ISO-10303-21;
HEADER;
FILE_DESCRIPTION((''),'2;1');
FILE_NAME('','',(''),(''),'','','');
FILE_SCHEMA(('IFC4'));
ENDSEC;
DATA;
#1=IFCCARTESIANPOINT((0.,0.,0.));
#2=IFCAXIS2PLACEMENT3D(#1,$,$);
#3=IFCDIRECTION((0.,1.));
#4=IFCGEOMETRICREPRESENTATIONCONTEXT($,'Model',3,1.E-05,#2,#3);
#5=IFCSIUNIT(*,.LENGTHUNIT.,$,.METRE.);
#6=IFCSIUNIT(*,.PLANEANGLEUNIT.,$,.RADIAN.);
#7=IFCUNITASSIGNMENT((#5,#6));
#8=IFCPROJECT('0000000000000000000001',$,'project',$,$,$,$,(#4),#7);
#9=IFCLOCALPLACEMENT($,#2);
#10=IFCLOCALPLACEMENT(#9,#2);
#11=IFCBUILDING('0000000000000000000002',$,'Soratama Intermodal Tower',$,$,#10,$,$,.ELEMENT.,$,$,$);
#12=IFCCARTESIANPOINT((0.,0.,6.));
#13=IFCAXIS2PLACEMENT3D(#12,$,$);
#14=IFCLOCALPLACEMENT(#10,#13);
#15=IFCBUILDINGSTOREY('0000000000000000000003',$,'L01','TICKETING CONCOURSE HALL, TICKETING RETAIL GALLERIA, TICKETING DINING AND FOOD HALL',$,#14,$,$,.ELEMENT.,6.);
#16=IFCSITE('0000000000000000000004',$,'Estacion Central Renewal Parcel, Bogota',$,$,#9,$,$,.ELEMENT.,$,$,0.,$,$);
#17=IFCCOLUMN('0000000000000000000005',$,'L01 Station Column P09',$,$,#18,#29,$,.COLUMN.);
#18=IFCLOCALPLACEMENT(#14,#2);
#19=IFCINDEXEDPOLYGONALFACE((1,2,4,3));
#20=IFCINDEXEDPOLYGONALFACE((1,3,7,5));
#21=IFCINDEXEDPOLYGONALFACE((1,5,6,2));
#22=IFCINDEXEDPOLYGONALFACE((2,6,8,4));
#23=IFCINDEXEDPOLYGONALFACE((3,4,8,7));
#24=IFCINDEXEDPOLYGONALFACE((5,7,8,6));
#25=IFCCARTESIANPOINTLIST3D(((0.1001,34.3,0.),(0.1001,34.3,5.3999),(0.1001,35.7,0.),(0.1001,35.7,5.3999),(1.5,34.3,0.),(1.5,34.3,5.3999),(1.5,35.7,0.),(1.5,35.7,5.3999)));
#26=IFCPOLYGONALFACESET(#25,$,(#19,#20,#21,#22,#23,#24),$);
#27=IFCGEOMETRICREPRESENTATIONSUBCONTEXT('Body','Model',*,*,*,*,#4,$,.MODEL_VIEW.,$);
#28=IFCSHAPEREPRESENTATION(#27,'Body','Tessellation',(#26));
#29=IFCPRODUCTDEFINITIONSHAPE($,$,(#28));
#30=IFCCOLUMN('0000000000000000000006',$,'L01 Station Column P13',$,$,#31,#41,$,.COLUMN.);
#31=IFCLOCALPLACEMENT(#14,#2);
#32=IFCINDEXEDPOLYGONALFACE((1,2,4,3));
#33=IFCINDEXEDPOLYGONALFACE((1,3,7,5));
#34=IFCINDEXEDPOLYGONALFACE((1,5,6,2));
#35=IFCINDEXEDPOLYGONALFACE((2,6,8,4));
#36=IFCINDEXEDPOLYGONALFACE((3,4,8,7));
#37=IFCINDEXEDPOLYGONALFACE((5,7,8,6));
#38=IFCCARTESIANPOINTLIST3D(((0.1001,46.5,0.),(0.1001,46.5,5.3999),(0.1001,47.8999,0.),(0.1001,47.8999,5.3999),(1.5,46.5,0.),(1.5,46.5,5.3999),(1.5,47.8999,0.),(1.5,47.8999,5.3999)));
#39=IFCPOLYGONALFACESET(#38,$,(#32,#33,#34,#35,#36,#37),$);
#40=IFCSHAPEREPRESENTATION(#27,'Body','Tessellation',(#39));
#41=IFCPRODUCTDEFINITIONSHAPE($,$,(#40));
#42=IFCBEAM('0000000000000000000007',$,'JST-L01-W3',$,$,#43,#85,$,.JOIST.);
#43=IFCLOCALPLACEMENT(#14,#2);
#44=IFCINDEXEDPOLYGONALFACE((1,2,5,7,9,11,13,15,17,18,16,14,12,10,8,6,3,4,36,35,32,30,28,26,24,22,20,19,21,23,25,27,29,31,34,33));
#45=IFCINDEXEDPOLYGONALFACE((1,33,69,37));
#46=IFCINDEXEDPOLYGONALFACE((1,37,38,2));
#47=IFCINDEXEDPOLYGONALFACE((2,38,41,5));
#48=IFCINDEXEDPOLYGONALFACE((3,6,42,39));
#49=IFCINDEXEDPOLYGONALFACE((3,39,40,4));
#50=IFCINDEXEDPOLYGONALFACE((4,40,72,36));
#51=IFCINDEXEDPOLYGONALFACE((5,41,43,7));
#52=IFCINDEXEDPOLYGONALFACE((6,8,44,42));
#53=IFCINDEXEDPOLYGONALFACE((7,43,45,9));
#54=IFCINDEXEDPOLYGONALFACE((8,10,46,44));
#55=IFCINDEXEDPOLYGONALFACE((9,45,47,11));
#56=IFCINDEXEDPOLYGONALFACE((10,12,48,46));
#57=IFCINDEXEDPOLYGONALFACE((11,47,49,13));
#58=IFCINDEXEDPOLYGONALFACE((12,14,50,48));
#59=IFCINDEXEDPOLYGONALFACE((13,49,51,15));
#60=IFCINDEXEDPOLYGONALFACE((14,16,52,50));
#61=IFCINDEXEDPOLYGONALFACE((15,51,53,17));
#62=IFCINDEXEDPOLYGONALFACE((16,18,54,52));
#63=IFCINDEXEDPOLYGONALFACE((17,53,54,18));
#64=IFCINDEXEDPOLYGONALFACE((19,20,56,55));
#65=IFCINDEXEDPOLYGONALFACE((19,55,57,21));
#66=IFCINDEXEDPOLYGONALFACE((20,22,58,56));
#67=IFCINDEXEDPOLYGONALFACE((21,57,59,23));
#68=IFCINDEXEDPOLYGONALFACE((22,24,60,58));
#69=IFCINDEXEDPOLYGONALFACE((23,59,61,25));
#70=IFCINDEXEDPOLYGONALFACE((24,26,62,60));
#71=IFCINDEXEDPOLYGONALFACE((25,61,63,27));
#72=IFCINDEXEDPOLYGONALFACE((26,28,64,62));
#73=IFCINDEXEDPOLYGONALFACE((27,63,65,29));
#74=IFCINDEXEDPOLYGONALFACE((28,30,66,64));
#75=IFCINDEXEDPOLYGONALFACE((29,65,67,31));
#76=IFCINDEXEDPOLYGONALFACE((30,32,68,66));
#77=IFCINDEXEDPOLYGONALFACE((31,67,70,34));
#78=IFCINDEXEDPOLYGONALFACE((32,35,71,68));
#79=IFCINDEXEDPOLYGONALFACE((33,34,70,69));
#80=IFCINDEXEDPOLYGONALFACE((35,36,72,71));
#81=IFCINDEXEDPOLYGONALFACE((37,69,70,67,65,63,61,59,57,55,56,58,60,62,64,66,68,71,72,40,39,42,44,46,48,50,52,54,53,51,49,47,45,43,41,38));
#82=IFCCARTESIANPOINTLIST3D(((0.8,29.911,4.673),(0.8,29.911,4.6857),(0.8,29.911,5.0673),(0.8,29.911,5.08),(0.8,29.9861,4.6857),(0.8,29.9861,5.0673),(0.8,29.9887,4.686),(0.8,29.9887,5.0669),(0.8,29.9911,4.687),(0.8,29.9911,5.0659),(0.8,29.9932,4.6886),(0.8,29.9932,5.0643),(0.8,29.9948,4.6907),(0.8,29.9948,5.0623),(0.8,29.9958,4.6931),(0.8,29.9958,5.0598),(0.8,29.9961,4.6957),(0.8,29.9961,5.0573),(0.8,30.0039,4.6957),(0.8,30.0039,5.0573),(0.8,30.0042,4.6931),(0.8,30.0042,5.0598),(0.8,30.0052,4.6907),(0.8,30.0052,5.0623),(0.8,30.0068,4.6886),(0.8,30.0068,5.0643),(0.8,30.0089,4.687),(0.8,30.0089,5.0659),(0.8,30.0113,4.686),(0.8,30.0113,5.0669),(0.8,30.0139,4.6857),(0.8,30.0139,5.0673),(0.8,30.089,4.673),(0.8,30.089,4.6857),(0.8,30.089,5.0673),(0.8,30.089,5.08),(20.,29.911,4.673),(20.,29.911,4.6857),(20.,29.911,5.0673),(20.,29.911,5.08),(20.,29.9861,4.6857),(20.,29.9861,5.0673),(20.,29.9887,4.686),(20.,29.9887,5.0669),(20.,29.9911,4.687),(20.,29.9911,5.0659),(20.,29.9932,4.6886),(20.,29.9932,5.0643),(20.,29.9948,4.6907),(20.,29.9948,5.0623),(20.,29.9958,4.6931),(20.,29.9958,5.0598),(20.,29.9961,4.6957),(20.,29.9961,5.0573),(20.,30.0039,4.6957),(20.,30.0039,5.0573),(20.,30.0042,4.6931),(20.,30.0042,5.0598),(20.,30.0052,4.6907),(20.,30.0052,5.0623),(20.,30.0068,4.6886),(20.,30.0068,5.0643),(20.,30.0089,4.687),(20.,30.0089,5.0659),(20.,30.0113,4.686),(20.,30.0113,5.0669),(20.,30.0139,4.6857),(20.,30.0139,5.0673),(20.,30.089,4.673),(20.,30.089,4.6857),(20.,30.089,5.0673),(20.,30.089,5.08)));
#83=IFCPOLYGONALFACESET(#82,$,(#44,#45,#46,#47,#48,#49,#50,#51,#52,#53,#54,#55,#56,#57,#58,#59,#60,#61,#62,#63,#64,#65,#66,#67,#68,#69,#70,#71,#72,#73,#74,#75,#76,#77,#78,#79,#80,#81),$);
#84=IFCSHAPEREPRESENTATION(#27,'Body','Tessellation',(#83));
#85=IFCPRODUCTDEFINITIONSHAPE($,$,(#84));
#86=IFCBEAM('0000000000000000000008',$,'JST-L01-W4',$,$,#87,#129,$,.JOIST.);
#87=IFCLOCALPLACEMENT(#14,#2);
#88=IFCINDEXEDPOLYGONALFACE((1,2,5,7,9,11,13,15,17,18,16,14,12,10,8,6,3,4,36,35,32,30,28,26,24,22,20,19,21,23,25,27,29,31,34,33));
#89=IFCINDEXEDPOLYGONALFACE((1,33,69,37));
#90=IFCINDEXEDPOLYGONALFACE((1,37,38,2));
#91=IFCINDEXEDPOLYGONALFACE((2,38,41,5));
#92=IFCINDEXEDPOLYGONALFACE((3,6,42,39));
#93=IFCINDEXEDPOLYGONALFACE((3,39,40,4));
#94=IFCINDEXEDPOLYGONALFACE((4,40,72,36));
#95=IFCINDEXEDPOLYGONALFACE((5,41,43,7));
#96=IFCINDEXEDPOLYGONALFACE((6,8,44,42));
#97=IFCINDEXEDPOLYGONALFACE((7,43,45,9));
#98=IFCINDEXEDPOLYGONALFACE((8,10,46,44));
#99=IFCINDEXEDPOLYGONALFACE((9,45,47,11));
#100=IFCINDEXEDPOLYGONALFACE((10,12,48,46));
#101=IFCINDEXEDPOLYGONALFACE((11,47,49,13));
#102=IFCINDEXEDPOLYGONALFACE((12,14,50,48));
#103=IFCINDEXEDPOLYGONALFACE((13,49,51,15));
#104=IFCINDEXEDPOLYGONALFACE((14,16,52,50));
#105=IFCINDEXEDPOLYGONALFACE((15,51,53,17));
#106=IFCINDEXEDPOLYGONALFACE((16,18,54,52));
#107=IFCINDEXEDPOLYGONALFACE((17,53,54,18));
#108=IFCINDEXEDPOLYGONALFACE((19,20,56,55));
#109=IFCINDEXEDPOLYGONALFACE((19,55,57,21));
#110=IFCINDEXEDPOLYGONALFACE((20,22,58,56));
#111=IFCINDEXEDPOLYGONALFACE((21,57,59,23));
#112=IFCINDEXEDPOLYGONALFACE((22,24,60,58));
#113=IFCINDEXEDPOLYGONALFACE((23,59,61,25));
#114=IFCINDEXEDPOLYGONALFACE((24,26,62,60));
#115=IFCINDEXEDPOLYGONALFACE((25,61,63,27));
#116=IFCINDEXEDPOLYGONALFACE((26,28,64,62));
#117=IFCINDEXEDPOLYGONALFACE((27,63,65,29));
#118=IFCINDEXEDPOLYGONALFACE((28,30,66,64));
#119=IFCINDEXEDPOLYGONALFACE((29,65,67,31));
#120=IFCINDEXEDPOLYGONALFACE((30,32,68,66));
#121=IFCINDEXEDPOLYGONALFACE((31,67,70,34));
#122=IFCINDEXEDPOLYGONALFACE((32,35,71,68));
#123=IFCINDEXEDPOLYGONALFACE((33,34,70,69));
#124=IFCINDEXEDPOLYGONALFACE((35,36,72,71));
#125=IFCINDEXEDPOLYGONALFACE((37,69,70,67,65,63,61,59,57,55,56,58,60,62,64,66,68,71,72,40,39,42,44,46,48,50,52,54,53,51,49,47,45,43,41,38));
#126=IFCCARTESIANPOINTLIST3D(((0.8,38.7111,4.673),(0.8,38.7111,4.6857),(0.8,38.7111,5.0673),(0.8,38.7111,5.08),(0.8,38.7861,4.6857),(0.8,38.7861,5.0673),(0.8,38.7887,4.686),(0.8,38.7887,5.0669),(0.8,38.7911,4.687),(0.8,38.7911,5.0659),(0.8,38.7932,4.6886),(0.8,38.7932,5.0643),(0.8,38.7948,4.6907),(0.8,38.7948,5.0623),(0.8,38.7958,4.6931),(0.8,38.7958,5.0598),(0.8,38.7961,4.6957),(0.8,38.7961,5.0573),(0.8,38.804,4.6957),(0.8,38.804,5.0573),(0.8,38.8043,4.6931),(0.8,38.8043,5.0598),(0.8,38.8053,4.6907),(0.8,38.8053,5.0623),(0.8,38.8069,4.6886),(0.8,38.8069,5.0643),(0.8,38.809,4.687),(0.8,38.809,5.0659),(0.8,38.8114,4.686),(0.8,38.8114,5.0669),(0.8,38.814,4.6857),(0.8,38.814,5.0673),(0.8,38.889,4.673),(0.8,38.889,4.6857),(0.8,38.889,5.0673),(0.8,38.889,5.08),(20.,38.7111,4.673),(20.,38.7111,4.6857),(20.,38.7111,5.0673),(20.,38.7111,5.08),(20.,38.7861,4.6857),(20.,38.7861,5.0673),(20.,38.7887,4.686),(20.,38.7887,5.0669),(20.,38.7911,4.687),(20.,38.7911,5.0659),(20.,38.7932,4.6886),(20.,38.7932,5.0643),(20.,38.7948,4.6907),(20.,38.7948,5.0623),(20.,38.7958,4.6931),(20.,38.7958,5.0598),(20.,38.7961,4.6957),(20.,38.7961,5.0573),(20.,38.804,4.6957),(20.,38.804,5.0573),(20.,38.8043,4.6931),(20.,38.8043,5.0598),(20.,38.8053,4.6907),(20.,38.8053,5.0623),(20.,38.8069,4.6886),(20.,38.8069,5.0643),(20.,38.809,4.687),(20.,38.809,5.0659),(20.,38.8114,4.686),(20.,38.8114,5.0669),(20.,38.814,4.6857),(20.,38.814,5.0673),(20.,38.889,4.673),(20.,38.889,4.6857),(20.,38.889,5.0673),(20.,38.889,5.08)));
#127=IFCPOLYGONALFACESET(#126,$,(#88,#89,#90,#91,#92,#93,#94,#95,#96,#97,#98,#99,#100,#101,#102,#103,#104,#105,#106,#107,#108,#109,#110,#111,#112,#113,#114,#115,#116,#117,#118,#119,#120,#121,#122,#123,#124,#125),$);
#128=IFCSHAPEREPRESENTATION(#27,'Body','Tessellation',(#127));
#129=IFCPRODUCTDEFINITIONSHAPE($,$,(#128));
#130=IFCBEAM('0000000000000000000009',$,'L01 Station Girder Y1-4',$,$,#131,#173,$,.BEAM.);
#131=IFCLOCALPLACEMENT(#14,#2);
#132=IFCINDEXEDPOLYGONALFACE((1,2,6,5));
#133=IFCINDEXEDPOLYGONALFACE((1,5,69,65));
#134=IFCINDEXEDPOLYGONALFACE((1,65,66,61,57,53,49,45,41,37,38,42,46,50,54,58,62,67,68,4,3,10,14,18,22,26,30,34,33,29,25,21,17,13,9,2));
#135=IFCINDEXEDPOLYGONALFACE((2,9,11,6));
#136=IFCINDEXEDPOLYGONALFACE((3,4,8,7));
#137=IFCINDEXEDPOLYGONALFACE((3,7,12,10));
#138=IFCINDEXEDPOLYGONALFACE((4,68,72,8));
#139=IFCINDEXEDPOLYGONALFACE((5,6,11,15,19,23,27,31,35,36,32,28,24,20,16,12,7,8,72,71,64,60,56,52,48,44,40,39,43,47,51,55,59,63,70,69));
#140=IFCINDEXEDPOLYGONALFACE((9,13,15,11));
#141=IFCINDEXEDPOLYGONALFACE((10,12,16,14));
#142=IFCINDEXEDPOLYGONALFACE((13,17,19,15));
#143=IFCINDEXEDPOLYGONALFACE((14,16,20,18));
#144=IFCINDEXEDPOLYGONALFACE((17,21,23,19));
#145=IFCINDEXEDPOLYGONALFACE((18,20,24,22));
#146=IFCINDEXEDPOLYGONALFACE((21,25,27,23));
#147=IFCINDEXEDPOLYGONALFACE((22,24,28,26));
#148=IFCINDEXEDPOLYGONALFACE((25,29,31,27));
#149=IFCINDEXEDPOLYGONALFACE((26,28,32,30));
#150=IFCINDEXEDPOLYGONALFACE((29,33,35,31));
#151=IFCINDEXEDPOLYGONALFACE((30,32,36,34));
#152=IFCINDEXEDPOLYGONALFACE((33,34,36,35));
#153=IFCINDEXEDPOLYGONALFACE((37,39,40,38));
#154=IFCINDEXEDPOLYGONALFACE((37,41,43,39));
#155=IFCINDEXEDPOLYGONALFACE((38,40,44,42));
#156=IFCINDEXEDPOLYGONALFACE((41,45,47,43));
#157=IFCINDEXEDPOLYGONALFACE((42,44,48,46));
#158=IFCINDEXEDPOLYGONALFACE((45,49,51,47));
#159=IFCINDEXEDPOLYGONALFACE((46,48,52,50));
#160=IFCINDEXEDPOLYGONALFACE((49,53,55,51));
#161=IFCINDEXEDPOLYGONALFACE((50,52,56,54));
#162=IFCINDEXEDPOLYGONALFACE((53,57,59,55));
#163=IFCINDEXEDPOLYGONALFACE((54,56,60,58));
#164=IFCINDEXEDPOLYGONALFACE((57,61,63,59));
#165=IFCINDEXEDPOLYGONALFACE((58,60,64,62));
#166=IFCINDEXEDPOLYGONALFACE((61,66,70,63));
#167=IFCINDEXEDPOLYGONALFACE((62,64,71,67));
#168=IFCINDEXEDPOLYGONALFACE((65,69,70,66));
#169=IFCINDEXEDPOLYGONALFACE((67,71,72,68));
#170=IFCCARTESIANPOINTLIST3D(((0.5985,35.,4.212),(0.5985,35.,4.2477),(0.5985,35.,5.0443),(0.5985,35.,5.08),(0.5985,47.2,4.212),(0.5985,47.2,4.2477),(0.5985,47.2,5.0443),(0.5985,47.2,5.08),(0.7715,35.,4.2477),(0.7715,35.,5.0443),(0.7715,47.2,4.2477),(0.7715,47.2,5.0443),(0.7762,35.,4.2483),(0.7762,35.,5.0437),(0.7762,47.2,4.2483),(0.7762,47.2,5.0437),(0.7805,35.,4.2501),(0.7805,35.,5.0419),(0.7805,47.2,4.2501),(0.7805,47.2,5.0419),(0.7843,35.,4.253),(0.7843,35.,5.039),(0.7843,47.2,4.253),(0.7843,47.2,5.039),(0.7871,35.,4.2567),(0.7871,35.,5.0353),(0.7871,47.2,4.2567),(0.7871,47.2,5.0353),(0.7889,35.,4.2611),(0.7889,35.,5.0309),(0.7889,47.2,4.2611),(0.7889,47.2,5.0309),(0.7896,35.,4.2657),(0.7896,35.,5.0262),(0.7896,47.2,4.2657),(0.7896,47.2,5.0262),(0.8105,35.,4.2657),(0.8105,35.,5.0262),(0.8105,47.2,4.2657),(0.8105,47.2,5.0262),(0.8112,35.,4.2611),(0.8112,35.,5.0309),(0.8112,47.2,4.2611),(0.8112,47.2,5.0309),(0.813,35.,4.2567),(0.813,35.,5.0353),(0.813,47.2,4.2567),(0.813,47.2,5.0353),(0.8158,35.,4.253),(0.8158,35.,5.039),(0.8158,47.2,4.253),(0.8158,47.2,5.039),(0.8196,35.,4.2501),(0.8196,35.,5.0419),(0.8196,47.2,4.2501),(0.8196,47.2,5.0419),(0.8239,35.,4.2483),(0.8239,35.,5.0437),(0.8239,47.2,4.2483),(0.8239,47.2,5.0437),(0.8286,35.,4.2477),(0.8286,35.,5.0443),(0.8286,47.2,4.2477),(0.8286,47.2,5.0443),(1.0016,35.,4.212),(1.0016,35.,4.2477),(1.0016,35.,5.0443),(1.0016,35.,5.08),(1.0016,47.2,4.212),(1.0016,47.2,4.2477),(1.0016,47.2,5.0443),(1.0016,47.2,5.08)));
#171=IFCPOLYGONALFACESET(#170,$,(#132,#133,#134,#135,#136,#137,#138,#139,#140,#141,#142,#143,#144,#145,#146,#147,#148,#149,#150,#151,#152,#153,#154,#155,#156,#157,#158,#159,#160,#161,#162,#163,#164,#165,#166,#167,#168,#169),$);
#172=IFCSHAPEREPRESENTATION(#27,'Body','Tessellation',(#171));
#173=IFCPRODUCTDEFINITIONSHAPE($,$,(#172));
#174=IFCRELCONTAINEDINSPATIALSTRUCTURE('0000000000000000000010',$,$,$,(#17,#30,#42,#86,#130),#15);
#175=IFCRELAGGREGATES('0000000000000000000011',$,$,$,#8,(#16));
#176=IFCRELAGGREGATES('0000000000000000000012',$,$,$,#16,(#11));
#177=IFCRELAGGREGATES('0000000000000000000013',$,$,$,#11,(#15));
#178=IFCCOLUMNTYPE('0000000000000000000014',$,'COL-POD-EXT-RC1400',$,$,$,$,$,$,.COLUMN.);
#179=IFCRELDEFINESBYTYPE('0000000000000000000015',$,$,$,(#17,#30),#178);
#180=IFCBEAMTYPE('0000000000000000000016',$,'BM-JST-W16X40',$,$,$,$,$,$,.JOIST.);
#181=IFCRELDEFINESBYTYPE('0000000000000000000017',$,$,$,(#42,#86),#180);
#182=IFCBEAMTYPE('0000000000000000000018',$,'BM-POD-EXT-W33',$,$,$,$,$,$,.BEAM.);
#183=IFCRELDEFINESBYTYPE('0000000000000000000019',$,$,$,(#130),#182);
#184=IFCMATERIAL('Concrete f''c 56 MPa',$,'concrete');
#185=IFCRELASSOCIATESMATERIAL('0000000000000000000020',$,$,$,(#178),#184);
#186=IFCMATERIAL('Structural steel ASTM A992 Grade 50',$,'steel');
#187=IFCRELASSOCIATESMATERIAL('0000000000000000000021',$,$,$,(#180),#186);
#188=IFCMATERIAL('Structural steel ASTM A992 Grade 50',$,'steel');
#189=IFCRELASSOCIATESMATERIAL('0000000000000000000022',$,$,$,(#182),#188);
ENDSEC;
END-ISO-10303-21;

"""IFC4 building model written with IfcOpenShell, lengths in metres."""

from ifc_helpers import new_model, si_unit, direction, frame, origin, origin_2d, place, context, subcontext, project, spatial, rectangle, i_section, extrude, material, material_profile, profile_set, type_object, element, save


model = new_model("IFC4")

# Units and contexts
model_context = context("Model", 3, precision=1e-05, world=origin(), true_north=direction((0.0, 1.0)))
body_context = subcontext(model_context, "Body", "Model", "MODEL_VIEW")
ifc_project = project(units=[si_unit("LENGTHUNIT", "METRE"), si_unit("PLANEANGLEUNIT", "RADIAN")], contexts=[model_context])

# Site, building, storey
site_placement = place(None, origin())
site = spatial("IfcSite", under=ifc_project, at=site_placement, Name="Estacion Central Renewal Parcel, Bogota", CompositionType="ELEMENT", RefElevation=0.0)
building_placement = place(site_placement, origin())
building = spatial("IfcBuilding", under=site, at=building_placement, Name="Soratama Intermodal Tower", CompositionType="ELEMENT")
storey_placement = place(building_placement, frame((0.0, 0.0, 6.0)))
storey = spatial("IfcBuildingStorey", under=building, at=storey_placement, Name="L01", Description="TICKETING CONCOURSE HALL, TICKETING RETAIL GALLERIA, TICKETING DINING AND FOOD HALL", CompositionType="ELEMENT", Elevation=6.0)

# Columns
ifc_material_1 = material(Name="Concrete f'c 56 MPa", Category="concrete")
ifc_material_profile_1 = material_profile(ifc_material_1, rectangle(XDim=1.3999, YDim=1.3999, at=origin_2d()), Name="RC1400X1400")
ifc_profile_set_1 = profile_set([ifc_material_profile_1], Name="Concrete f'c 56 MPa")
column_type = type_object("IfcColumnType", Name="COL-POD-EXT-RC1400", PredefinedType="COLUMN", material=ifc_profile_set_1)
for number, where, z_axis, x_axis, name in (
    (1, (0.8, 35.0, 0.0), (0.0, 0.0, 1.0), (1.0, 0.0, 0.0), "L01 Station Column P09"),
    (2, (0.8, 47.2, 0.0), (0.0, 0.0, 1.0), (1.0, 0.0, 0.0), "L01 Station Column P13"),
):
    element("IfcColumn", number, at=place(storey_placement, frame(where, z_axis=z_axis, x_axis=x_axis)), inside=storey, type_object=column_type, Name=name, PredefinedType="COLUMN", context=body_context, shape_type="SweptSolid", body=[
        extrude(rectangle(XDim=1.3999, YDim=1.3999, at=origin_2d()), origin(), (0.0, 0.0, 1.0), 5.3999),
    ])

# Beams
ifc_material_2 = material(Name="Structural steel ASTM A992 Grade 50", Category="steel")
ifc_material_profile_2 = material_profile(ifc_material_2, i_section(OverallWidth=0.178, OverallDepth=0.407, WebThickness=0.0078, FlangeThickness=0.0127, FilletRadius=0.01, at=origin_2d()), Name="W16X40")
ifc_profile_set_2 = profile_set([ifc_material_profile_2], Name="Structural steel ASTM A992 Grade 50")
beam_type_1 = type_object("IfcBeamType", Name="BM-JST-W16X40", PredefinedType="JOIST", material=ifc_profile_set_2)
for number, where, z_axis, x_axis, name in (
    (3, (0.8, 30.0, 4.8765), (1.0, 0.0, 0.0), (0.0, 1.0, 0.0), "JST-L01-W3"),
    (4, (0.8, 38.8, 4.8765), (1.0, 0.0, 0.0), (0.0, 1.0, 0.0), "JST-L01-W4"),
):
    element("IfcBeam", number, at=place(storey_placement, frame(where, z_axis=z_axis, x_axis=x_axis)), inside=storey, type_object=beam_type_1, Name=name, PredefinedType="JOIST", context=body_context, shape_type="SweptSolid", body=[
        extrude(i_section(OverallWidth=0.178, OverallDepth=0.407, WebThickness=0.0078, FlangeThickness=0.0127, FilletRadius=0.01, at=origin_2d()), origin(), (0.0, 0.0, 1.0), 19.2),
    ])
ifc_material_3 = material(Name="Structural steel ASTM A992 Grade 50", Category="steel")
ifc_material_profile_3 = material_profile(ifc_material_3, i_section(OverallWidth=0.4031, OverallDepth=0.8679, WebThickness=0.021, FlangeThickness=0.0356, FilletRadius=0.0181, at=origin_2d()), Name="W33X241")
ifc_profile_set_3 = profile_set([ifc_material_profile_3], Name="Structural steel ASTM A992 Grade 50")
beam_type_2 = type_object("IfcBeamType", Name="BM-POD-EXT-W33", PredefinedType="BEAM", material=ifc_profile_set_3)
beam_1_placement = place(storey_placement, frame((0.8, 35.0, 4.646), z_axis=(0.0, 1.0, 0.0), x_axis=(-1.0, 0.0, 0.0)))
element("IfcBeam", 5, at=beam_1_placement, inside=storey, type_object=beam_type_2, Name="L01 Station Girder Y1-4", PredefinedType="BEAM", context=body_context, shape_type="SweptSolid", body=[
    extrude(i_section(OverallWidth=0.4031, OverallDepth=0.8679, WebThickness=0.021, FlangeThickness=0.0356, FilletRadius=0.0181, at=origin_2d()), origin(), (0.0, 0.0, 1.0), 12.2),
])

save(model, "model.ifc")
